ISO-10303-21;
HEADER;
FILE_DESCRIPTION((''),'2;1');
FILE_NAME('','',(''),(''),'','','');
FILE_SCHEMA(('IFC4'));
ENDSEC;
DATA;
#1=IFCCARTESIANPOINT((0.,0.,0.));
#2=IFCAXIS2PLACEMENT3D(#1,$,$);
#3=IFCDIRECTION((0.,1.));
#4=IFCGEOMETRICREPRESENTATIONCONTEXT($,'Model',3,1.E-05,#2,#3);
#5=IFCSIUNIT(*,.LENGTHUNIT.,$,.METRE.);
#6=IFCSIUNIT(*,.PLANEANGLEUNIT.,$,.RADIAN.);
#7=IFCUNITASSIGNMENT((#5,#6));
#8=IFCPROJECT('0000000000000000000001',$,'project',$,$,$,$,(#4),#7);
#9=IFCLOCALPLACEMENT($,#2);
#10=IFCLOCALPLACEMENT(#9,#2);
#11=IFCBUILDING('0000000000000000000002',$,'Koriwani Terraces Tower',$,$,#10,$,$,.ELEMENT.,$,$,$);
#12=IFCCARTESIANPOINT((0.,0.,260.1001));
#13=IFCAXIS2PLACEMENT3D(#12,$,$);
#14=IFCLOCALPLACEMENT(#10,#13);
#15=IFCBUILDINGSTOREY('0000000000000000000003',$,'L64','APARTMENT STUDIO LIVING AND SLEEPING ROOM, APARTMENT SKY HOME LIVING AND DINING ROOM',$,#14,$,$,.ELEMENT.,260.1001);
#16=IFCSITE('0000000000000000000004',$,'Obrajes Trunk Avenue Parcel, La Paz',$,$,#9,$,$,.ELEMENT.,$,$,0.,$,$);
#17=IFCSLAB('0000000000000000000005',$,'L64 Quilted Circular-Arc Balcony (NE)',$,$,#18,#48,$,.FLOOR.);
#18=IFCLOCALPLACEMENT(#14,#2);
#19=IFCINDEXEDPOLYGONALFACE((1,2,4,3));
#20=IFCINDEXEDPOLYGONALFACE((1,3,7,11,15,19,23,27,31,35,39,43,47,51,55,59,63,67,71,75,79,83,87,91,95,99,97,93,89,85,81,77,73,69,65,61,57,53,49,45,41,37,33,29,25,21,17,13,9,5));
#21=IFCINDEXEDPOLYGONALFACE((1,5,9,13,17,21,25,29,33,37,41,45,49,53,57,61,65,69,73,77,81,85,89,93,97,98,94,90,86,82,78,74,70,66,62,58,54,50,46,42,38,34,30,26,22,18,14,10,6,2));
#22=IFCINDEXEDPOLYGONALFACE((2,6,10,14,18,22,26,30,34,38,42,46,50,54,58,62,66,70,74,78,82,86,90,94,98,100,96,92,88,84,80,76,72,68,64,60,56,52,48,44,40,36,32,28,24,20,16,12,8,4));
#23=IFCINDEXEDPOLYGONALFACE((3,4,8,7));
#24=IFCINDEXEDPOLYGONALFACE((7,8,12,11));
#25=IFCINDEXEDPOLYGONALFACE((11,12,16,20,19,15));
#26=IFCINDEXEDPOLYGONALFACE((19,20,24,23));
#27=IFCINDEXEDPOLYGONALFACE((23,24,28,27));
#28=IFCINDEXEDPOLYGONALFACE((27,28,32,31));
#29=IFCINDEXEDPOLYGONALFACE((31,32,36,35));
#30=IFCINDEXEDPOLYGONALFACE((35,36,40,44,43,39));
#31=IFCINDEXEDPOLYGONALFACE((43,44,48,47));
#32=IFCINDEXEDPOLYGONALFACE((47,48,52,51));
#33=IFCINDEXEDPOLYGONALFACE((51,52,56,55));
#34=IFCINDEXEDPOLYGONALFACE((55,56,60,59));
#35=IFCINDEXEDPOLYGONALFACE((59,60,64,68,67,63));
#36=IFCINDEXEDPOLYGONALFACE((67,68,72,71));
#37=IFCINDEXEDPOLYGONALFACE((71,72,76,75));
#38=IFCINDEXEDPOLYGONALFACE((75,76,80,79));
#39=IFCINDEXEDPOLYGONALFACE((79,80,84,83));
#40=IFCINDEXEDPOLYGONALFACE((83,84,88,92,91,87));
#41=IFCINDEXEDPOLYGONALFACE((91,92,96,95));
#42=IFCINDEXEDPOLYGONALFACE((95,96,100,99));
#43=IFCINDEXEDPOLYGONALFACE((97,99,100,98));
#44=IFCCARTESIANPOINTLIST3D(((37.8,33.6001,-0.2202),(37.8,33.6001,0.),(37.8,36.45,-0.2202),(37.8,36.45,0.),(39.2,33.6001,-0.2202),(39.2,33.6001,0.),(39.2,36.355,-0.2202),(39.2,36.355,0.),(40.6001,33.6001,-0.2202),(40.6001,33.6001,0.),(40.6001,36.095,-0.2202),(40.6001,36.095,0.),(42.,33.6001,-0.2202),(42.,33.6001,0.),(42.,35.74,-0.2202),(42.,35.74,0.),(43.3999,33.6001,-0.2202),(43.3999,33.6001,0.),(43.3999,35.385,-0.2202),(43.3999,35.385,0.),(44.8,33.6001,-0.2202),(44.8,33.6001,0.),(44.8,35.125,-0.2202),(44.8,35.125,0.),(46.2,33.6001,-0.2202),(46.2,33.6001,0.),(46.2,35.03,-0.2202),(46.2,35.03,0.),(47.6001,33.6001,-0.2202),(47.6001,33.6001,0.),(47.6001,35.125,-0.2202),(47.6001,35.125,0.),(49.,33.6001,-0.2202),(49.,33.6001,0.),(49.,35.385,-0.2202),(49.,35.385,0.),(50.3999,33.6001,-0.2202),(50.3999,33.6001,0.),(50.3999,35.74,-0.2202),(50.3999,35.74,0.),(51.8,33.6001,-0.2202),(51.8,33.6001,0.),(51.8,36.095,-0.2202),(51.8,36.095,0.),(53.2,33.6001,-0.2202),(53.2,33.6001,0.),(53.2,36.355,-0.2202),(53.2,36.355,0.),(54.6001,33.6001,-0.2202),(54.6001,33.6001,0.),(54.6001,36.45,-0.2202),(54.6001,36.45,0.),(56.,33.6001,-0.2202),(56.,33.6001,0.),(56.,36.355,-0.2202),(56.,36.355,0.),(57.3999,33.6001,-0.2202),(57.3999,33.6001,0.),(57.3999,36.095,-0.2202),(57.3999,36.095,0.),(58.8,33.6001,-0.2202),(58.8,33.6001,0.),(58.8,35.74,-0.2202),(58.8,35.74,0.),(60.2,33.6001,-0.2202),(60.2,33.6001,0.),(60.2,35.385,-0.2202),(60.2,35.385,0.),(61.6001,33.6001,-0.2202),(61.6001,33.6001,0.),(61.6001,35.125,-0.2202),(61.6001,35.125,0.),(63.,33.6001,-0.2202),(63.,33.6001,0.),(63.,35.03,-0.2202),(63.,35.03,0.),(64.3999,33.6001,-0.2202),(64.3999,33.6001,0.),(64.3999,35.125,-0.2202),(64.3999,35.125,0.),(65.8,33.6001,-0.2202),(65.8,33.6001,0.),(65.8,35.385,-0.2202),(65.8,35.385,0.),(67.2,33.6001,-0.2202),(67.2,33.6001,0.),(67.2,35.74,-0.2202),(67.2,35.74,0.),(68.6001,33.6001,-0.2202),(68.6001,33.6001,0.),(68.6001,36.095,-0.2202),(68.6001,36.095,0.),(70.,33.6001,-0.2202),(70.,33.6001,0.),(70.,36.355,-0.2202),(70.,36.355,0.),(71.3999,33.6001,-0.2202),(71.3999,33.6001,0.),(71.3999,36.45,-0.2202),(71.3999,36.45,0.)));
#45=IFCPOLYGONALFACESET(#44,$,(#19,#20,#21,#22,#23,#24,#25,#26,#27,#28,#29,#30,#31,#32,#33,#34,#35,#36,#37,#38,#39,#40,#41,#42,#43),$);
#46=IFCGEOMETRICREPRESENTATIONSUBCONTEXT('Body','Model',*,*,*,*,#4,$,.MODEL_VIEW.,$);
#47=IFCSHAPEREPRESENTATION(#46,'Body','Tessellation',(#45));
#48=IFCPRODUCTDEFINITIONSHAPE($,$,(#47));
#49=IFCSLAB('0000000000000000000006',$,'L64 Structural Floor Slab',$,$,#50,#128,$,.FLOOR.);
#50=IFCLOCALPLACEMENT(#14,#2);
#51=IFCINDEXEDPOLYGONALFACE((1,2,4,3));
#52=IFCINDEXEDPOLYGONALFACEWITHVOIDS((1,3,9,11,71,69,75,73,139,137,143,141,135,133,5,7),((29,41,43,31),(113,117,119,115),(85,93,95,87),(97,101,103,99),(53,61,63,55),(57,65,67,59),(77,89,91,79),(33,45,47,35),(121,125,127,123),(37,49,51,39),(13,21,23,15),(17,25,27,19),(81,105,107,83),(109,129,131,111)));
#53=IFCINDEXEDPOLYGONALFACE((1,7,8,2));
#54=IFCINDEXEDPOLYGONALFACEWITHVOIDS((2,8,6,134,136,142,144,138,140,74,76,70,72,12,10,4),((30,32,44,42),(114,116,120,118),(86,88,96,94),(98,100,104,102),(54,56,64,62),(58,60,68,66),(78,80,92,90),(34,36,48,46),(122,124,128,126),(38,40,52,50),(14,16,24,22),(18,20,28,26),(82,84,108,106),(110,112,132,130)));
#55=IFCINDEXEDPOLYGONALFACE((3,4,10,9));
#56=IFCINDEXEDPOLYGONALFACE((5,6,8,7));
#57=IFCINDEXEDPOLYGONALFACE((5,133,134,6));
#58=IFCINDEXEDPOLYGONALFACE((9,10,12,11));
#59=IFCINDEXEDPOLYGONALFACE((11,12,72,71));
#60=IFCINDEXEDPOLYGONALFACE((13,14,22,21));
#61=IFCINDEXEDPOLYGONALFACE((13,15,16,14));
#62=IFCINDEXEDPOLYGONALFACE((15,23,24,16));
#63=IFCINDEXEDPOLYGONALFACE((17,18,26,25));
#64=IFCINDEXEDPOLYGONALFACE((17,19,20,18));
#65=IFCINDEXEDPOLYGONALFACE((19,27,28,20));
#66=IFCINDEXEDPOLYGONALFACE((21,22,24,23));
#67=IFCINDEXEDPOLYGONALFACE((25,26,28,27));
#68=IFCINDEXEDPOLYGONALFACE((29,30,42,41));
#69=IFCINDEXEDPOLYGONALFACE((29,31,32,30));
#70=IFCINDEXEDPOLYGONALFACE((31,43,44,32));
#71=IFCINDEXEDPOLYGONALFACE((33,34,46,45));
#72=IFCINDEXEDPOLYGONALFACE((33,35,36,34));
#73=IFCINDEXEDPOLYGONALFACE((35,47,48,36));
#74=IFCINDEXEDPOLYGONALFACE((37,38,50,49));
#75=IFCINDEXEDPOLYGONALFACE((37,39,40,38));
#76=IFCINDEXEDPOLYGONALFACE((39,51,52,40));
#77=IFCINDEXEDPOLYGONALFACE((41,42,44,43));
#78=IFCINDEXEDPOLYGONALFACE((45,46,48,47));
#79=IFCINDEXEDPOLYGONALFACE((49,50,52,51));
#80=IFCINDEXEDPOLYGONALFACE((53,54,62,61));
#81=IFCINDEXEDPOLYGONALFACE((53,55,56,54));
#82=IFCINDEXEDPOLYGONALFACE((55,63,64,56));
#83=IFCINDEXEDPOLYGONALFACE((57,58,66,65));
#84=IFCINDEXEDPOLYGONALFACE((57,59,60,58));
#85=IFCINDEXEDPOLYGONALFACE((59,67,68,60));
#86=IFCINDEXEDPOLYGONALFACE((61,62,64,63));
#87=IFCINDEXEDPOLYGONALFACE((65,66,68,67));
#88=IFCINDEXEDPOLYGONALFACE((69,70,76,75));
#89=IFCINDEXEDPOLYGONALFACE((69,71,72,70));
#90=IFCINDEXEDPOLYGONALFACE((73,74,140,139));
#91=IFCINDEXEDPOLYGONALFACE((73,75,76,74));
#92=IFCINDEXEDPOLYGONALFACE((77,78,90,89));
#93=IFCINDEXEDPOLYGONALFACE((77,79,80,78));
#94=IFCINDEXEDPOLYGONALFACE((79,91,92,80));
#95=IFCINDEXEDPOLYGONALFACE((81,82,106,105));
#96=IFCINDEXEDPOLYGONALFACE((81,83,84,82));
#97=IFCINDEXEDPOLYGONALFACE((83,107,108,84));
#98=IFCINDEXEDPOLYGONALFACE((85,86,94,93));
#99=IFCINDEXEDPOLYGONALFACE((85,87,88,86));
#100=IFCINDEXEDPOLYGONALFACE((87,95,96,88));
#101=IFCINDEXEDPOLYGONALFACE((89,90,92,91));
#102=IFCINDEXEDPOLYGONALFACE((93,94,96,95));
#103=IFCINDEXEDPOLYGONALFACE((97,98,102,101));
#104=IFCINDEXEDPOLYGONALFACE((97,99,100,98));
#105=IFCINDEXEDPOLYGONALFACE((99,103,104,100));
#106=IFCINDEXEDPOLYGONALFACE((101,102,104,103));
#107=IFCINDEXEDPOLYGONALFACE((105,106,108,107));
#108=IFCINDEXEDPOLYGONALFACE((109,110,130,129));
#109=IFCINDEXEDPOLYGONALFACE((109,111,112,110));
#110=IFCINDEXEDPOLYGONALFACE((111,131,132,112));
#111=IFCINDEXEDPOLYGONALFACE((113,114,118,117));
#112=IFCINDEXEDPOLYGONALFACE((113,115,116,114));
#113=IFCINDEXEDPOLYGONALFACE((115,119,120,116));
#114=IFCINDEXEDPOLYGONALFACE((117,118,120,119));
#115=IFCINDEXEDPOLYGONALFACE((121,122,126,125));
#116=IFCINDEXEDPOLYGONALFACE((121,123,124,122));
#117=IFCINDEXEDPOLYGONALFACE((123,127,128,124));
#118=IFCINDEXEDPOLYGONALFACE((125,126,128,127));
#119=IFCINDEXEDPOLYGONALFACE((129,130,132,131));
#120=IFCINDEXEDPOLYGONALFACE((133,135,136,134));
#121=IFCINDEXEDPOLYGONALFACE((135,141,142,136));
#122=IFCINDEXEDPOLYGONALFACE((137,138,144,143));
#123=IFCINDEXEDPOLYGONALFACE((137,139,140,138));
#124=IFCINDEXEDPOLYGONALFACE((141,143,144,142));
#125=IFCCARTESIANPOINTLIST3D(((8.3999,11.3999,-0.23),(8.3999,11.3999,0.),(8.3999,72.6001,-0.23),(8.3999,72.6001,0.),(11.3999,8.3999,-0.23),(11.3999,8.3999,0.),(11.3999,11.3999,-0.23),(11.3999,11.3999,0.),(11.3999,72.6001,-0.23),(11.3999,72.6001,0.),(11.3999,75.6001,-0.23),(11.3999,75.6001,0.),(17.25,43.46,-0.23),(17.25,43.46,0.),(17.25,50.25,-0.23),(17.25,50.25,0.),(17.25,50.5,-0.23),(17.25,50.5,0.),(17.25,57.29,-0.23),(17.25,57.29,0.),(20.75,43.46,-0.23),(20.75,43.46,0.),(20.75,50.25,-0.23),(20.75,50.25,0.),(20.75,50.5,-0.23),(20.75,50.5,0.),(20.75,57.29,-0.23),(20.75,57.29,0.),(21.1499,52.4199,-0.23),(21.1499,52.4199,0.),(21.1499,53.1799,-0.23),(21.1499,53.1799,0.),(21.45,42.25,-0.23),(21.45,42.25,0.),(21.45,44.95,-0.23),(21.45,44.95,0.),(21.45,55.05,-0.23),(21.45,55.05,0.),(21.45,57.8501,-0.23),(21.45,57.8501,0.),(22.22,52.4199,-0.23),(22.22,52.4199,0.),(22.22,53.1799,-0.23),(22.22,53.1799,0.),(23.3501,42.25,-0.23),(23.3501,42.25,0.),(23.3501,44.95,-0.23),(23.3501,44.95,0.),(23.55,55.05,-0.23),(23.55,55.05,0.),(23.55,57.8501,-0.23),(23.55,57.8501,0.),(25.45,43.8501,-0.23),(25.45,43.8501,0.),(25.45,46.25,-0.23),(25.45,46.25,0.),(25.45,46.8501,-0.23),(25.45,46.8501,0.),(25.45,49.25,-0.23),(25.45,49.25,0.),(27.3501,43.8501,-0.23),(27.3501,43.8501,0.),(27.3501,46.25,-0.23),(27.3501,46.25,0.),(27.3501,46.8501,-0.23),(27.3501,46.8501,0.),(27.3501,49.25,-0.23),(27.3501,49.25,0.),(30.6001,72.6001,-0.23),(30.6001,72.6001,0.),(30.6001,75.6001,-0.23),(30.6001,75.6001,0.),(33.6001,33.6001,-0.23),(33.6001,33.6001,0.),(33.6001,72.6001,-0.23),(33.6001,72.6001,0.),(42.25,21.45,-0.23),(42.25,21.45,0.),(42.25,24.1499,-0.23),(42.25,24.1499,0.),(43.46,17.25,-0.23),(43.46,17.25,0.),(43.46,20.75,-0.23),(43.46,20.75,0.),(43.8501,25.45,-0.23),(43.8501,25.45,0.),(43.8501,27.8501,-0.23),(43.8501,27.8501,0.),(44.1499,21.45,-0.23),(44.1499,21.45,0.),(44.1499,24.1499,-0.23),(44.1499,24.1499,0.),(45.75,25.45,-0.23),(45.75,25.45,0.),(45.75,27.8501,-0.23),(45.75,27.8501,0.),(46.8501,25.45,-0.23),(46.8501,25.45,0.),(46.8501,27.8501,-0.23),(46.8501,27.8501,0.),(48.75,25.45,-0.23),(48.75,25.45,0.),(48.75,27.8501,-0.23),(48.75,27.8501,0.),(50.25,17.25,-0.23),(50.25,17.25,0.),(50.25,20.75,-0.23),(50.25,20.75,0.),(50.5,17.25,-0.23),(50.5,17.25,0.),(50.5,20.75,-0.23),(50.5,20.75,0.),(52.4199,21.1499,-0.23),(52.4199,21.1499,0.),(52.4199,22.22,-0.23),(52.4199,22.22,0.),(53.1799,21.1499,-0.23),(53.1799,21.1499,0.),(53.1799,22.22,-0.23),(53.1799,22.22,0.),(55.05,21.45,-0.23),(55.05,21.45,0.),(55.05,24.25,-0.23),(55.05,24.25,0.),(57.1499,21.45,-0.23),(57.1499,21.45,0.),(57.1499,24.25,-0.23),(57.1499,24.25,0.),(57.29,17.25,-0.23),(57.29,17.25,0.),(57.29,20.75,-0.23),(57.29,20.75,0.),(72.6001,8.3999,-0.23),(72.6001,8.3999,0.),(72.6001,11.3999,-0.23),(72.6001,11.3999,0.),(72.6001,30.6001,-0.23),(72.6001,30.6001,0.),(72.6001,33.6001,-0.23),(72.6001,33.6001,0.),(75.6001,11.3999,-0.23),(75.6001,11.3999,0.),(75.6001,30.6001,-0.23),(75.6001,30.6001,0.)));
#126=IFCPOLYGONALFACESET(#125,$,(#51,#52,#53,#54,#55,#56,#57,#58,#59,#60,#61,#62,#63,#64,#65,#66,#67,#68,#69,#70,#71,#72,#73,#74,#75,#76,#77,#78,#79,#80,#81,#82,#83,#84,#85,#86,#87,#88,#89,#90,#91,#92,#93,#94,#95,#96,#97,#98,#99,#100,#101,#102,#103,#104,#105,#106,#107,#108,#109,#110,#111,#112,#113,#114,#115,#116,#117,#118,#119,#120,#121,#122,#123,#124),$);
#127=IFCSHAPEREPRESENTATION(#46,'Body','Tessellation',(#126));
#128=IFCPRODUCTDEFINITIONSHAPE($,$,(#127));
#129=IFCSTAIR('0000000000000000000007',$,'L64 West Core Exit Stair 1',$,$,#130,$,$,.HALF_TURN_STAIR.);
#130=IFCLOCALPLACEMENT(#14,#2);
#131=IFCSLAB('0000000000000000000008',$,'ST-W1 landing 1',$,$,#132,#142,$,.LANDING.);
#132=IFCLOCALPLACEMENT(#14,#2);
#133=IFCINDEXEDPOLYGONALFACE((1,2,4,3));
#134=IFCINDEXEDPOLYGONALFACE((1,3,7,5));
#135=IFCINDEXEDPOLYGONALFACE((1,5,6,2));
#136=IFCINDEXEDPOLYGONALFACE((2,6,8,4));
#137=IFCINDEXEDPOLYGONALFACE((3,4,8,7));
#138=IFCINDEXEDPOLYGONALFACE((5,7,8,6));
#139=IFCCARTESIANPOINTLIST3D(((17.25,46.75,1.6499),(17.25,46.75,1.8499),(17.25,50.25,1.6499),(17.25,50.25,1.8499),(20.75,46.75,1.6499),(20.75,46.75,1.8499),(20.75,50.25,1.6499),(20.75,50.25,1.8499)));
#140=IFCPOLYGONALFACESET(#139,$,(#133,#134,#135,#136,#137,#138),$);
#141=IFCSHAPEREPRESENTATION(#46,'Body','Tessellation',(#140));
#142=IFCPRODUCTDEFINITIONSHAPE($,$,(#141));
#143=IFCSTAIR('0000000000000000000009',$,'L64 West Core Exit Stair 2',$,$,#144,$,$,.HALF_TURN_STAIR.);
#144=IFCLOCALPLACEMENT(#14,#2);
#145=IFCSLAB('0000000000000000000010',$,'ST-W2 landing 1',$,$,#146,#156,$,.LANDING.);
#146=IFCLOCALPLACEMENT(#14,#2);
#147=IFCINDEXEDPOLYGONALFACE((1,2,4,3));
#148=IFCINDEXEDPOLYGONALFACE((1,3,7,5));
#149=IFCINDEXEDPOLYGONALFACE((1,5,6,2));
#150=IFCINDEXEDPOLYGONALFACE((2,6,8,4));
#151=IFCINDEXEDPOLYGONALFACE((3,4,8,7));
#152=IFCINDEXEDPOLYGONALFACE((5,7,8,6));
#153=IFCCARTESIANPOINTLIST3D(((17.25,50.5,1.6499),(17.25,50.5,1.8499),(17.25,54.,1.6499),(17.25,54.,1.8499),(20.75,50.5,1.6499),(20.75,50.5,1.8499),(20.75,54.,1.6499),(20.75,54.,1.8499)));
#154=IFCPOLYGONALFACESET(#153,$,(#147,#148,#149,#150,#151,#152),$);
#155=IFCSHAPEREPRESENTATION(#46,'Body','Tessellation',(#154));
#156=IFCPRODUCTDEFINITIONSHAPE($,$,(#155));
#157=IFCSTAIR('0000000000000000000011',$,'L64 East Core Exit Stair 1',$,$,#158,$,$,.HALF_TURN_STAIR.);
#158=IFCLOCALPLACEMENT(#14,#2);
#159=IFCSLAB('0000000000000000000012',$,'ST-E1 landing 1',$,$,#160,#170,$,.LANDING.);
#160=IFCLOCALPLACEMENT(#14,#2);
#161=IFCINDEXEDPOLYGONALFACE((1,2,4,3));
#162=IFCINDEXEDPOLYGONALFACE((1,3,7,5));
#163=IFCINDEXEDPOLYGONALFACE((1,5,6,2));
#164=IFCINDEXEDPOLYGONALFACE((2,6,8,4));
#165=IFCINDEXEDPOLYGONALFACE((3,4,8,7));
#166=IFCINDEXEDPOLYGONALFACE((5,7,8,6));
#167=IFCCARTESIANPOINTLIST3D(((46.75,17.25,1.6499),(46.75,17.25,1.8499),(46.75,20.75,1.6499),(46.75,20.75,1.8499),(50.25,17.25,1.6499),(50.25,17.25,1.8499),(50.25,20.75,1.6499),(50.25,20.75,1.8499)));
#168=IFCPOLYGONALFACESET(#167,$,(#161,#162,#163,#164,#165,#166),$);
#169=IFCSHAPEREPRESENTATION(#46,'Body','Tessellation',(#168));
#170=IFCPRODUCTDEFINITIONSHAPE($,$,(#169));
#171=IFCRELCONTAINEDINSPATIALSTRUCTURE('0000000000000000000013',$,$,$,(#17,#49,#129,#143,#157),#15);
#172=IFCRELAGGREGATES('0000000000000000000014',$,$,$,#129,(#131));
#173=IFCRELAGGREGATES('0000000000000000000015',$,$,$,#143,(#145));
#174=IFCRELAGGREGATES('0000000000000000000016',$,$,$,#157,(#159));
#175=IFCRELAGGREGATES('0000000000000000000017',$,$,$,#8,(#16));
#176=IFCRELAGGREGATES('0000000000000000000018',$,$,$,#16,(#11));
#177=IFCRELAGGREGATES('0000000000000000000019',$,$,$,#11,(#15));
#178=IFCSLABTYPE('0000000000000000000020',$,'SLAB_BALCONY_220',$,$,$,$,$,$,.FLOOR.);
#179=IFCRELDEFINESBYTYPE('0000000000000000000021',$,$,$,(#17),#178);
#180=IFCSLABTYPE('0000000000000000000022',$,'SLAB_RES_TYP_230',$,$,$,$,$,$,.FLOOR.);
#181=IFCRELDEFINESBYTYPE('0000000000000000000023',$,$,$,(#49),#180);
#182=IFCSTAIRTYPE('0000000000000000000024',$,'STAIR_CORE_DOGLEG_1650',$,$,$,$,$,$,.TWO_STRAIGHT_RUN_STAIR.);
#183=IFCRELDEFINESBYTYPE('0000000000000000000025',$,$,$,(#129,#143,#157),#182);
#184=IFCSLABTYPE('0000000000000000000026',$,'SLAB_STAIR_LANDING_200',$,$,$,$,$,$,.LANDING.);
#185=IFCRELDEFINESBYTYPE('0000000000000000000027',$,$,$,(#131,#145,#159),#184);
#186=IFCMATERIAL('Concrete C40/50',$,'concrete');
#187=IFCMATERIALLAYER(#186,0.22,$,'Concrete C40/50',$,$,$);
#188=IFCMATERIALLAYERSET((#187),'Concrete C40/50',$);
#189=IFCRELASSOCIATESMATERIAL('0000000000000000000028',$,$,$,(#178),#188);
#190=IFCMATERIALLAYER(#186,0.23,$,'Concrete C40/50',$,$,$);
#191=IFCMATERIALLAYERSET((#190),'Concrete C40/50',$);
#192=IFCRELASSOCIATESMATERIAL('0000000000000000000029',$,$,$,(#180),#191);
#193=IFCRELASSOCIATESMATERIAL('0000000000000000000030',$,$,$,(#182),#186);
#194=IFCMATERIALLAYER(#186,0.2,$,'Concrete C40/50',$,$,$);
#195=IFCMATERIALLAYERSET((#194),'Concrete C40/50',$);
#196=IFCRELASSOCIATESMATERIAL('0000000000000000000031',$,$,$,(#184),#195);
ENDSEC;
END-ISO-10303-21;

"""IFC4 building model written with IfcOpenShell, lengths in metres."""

from ifc_helpers import new_model, si_unit, direction, frame, origin, place, context, subcontext, project, spatial, polyline, outline, extrude, material, layer, layer_set, type_object, element, aggregate, save


model = new_model("IFC4")

# Units and contexts
model_context = context("Model", 3, precision=1e-05, world=origin(), true_north=direction((0.0, 1.0)))
body_context = subcontext(model_context, "Body", "Model", "MODEL_VIEW")
ifc_project = project(units=[si_unit("LENGTHUNIT", "METRE"), si_unit("PLANEANGLEUNIT", "RADIAN")], contexts=[model_context])

# Site, building, storey
site_placement = place(None, origin())
site = spatial("IfcSite", under=ifc_project, at=site_placement, Name="Obrajes Trunk Avenue Parcel, La Paz", CompositionType="ELEMENT", RefElevation=0.0)
building_placement = place(site_placement, origin())
building = spatial("IfcBuilding", under=site, at=building_placement, Name="Koriwani Terraces Tower", CompositionType="ELEMENT")
storey_placement = place(building_placement, frame((0.0, 0.0, 260.1001)))
storey = spatial("IfcBuildingStorey", under=building, at=storey_placement, Name="L64", Description="APARTMENT STUDIO LIVING AND SLEEPING ROOM, APARTMENT SKY HOME LIVING AND DINING ROOM", CompositionType="ELEMENT", Elevation=260.1001)

# Slabs
ifc_material_1 = material(Name="Concrete C40/50", Category="concrete")
ifc_layer_1 = layer(ifc_material_1, 0.22, Name="Concrete C40/50")
ifc_layer_set_1 = layer_set([ifc_layer_1], Name="Concrete C40/50")
slab_type_1 = type_object("IfcSlabType", Name="SLAB_BALCONY_220", PredefinedType="FLOOR", material=ifc_layer_set_1)
slab_1_placement = place(storey_placement, frame((0.0, 0.0, -0.2202)))
element("IfcSlab", 1, at=slab_1_placement, inside=storey, type_object=slab_type_1, Name="L64 Quilted Circular-Arc Balcony (NE)", PredefinedType="FLOOR", context=body_context, shape_type="SweptSolid", body=[
    extrude(outline(polyline([(71.3999, 33.6001), (70.0, 33.6001), (68.6001, 33.6001), (67.2, 33.6001), (65.8, 33.6001), (64.3999, 33.6001), (63.0, 33.6001), (61.6001, 33.6001), (60.2, 33.6001), (58.8, 33.6001), (57.3999, 33.6001), (56.0, 33.6001), (54.6001, 33.6001), (53.2, 33.6001), (51.8, 33.6001), (50.3999, 33.6001), (49.0, 33.6001), (47.6001, 33.6001), (46.2, 33.6001), (44.8, 33.6001), (43.3999, 33.6001), (42.0, 33.6001), (40.6001, 33.6001), (39.2, 33.6001), (37.8, 33.6001), (37.8, 36.45), (39.2, 36.355), (40.6001, 36.095), (42.0, 35.74), (43.3999, 35.385), (44.8, 35.125), (46.2, 35.03), (47.6001, 35.125), (49.0, 35.385), (50.3999, 35.74), (51.8, 36.095), (53.2, 36.355), (54.6001, 36.45), (56.0, 36.355), (57.3999, 36.095), (58.8, 35.74), (60.2, 35.385), (61.6001, 35.125), (63.0, 35.03), (64.3999, 35.125), (65.8, 35.385), (67.2, 35.74), (68.6001, 36.095), (70.0, 36.355), (71.3999, 36.45), (71.3999, 33.6001)])), origin(), (0.0, 0.0, 1.0), 0.2202),
])
ifc_layer_2 = layer(ifc_material_1, 0.23, Name="Concrete C40/50")
ifc_layer_set_2 = layer_set([ifc_layer_2], Name="Concrete C40/50")
slab_type_2 = type_object("IfcSlabType", Name="SLAB_RES_TYP_230", PredefinedType="FLOOR", material=ifc_layer_set_2)
slab_2_placement = place(storey_placement, frame((0.0, 0.0, -0.23)))
element("IfcSlab", 2, at=slab_2_placement, inside=storey, type_object=slab_type_2, Name="L64 Structural Floor Slab", PredefinedType="FLOOR", context=body_context, shape_type="SweptSolid", body=[
    extrude(outline(polyline([(11.3999, 8.3999), (72.6001, 8.3999), (72.6001, 11.3999), (75.6001, 11.3999), (75.6001, 30.6001), (72.6001, 30.6001), (72.6001, 33.6001), (33.6001, 33.6001), (33.6001, 72.6001), (30.6001, 72.6001), (30.6001, 75.6001), (11.3999, 75.6001), (11.3999, 72.6001), (8.3999, 72.6001), (8.3999, 11.3999), (11.3999, 11.3999), (11.3999, 8.3999)]), holes=[polyline([(17.25, 43.46), (20.75, 43.46), (20.75, 50.25), (17.25, 50.25), (17.25, 43.46)]), polyline([(17.25, 50.5), (20.75, 50.5), (20.75, 57.29), (17.25, 57.29), (17.25, 50.5)]), polyline([(43.46, 17.25), (50.25, 17.25), (50.25, 20.75), (43.46, 20.75), (43.46, 17.25)]), polyline([(50.5, 17.25), (57.29, 17.25), (57.29, 20.75), (50.5, 20.75), (50.5, 17.25)]), polyline([(25.45, 43.8501), (27.3501, 43.8501), (27.3501, 46.25), (25.45, 46.25), (25.45, 43.8501)]), polyline([(25.45, 46.8501), (27.3501, 46.8501), (27.3501, 49.25), (25.45, 49.25), (25.45, 46.8501)]), polyline([(43.8501, 25.45), (45.75, 25.45), (45.75, 27.8501), (43.8501, 27.8501), (43.8501, 25.45)]), polyline([(46.8501, 25.45), (48.75, 25.45), (48.75, 27.8501), (46.8501, 27.8501), (46.8501, 25.45)]), polyline([(21.45, 55.05), (23.55, 55.05), (23.55, 57.8501), (21.45, 57.8501), (21.45, 55.05)]), polyline([(55.05, 21.45), (57.1499, 21.45), (57.1499, 24.25), (55.05, 24.25), (55.05, 21.45)]), polyline([(21.45, 42.25), (23.3501, 42.25), (23.3501, 44.95), (21.45, 44.95), (21.45, 42.25)]), polyline([(42.25, 21.45), (44.1499, 21.45), (44.1499, 24.1499), (42.25, 24.1499), (42.25, 21.45)]), polyline([(21.1499, 52.4199), (22.22, 52.4199), (22.22, 53.1799), (21.1499, 53.1799), (21.1499, 52.4199)]), polyline([(52.4199, 21.1499), (53.1799, 21.1499), (53.1799, 22.22), (52.4199, 22.22), (52.4199, 21.1499)])]), origin(), (0.0, 0.0, 1.0), 0.23),
])

# Stairs, slabs
stair_type = type_object("IfcStairType", Name="STAIR_CORE_DOGLEG_1650", PredefinedType="TWO_STRAIGHT_RUN_STAIR", material=ifc_material_1)
stair_1_placement = place(storey_placement, origin())
stair_1 = element("IfcStair", 3, at=stair_1_placement, inside=storey, type_object=stair_type, Name="L64 West Core Exit Stair 1", PredefinedType="HALF_TURN_STAIR")
ifc_layer_3 = layer(ifc_material_1, 0.2, Name="Concrete C40/50")
ifc_layer_set_3 = layer_set([ifc_layer_3], Name="Concrete C40/50")
slab_type_3 = type_object("IfcSlabType", Name="SLAB_STAIR_LANDING_200", PredefinedType="LANDING", material=ifc_layer_set_3)
slab_3_placement = place(storey_placement, frame((0.0, 0.0, 1.6499)))
slab_3 = element("IfcSlab", 4, at=slab_3_placement, type_object=slab_type_3, Name="ST-W1 landing 1", PredefinedType="LANDING", context=body_context, shape_type="SweptSolid", body=[
    extrude(outline(polyline([(20.75, 46.75), (20.75, 50.25), (17.25, 50.25), (17.25, 46.75), (20.75, 46.75)])), origin(), (0.0, 0.0, 1.0), 0.2),
])
aggregate(stair_1, [slab_3])
stair_2_placement = place(storey_placement, origin())
stair_2 = element("IfcStair", 5, at=stair_2_placement, inside=storey, type_object=stair_type, Name="L64 West Core Exit Stair 2", PredefinedType="HALF_TURN_STAIR")
slab_4_placement = place(storey_placement, frame((0.0, 0.0, 1.6499)))
slab_4 = element("IfcSlab", 6, at=slab_4_placement, type_object=slab_type_3, Name="ST-W2 landing 1", PredefinedType="LANDING", context=body_context, shape_type="SweptSolid", body=[
    extrude(outline(polyline([(17.25, 54.0), (17.25, 50.5), (20.75, 50.5), (20.75, 54.0), (17.25, 54.0)])), origin(), (0.0, 0.0, 1.0), 0.2),
])
aggregate(stair_2, [slab_4])
stair_3_placement = place(storey_placement, origin())
stair_3 = element("IfcStair", 7, at=stair_3_placement, inside=storey, type_object=stair_type, Name="L64 East Core Exit Stair 1", PredefinedType="HALF_TURN_STAIR")
slab_5_placement = place(storey_placement, frame((0.0, 0.0, 1.6499)))
slab_5 = element("IfcSlab", 8, at=slab_5_placement, type_object=slab_type_3, Name="ST-E1 landing 1", PredefinedType="LANDING", context=body_context, shape_type="SweptSolid", body=[
    extrude(outline(polyline([(46.75, 17.25), (50.25, 17.25), (50.25, 20.75), (46.75, 20.75), (46.75, 17.25)])), origin(), (0.0, 0.0, 1.0), 0.2),
])
aggregate(stair_3, [slab_5])

save(model, "model.ifc")
